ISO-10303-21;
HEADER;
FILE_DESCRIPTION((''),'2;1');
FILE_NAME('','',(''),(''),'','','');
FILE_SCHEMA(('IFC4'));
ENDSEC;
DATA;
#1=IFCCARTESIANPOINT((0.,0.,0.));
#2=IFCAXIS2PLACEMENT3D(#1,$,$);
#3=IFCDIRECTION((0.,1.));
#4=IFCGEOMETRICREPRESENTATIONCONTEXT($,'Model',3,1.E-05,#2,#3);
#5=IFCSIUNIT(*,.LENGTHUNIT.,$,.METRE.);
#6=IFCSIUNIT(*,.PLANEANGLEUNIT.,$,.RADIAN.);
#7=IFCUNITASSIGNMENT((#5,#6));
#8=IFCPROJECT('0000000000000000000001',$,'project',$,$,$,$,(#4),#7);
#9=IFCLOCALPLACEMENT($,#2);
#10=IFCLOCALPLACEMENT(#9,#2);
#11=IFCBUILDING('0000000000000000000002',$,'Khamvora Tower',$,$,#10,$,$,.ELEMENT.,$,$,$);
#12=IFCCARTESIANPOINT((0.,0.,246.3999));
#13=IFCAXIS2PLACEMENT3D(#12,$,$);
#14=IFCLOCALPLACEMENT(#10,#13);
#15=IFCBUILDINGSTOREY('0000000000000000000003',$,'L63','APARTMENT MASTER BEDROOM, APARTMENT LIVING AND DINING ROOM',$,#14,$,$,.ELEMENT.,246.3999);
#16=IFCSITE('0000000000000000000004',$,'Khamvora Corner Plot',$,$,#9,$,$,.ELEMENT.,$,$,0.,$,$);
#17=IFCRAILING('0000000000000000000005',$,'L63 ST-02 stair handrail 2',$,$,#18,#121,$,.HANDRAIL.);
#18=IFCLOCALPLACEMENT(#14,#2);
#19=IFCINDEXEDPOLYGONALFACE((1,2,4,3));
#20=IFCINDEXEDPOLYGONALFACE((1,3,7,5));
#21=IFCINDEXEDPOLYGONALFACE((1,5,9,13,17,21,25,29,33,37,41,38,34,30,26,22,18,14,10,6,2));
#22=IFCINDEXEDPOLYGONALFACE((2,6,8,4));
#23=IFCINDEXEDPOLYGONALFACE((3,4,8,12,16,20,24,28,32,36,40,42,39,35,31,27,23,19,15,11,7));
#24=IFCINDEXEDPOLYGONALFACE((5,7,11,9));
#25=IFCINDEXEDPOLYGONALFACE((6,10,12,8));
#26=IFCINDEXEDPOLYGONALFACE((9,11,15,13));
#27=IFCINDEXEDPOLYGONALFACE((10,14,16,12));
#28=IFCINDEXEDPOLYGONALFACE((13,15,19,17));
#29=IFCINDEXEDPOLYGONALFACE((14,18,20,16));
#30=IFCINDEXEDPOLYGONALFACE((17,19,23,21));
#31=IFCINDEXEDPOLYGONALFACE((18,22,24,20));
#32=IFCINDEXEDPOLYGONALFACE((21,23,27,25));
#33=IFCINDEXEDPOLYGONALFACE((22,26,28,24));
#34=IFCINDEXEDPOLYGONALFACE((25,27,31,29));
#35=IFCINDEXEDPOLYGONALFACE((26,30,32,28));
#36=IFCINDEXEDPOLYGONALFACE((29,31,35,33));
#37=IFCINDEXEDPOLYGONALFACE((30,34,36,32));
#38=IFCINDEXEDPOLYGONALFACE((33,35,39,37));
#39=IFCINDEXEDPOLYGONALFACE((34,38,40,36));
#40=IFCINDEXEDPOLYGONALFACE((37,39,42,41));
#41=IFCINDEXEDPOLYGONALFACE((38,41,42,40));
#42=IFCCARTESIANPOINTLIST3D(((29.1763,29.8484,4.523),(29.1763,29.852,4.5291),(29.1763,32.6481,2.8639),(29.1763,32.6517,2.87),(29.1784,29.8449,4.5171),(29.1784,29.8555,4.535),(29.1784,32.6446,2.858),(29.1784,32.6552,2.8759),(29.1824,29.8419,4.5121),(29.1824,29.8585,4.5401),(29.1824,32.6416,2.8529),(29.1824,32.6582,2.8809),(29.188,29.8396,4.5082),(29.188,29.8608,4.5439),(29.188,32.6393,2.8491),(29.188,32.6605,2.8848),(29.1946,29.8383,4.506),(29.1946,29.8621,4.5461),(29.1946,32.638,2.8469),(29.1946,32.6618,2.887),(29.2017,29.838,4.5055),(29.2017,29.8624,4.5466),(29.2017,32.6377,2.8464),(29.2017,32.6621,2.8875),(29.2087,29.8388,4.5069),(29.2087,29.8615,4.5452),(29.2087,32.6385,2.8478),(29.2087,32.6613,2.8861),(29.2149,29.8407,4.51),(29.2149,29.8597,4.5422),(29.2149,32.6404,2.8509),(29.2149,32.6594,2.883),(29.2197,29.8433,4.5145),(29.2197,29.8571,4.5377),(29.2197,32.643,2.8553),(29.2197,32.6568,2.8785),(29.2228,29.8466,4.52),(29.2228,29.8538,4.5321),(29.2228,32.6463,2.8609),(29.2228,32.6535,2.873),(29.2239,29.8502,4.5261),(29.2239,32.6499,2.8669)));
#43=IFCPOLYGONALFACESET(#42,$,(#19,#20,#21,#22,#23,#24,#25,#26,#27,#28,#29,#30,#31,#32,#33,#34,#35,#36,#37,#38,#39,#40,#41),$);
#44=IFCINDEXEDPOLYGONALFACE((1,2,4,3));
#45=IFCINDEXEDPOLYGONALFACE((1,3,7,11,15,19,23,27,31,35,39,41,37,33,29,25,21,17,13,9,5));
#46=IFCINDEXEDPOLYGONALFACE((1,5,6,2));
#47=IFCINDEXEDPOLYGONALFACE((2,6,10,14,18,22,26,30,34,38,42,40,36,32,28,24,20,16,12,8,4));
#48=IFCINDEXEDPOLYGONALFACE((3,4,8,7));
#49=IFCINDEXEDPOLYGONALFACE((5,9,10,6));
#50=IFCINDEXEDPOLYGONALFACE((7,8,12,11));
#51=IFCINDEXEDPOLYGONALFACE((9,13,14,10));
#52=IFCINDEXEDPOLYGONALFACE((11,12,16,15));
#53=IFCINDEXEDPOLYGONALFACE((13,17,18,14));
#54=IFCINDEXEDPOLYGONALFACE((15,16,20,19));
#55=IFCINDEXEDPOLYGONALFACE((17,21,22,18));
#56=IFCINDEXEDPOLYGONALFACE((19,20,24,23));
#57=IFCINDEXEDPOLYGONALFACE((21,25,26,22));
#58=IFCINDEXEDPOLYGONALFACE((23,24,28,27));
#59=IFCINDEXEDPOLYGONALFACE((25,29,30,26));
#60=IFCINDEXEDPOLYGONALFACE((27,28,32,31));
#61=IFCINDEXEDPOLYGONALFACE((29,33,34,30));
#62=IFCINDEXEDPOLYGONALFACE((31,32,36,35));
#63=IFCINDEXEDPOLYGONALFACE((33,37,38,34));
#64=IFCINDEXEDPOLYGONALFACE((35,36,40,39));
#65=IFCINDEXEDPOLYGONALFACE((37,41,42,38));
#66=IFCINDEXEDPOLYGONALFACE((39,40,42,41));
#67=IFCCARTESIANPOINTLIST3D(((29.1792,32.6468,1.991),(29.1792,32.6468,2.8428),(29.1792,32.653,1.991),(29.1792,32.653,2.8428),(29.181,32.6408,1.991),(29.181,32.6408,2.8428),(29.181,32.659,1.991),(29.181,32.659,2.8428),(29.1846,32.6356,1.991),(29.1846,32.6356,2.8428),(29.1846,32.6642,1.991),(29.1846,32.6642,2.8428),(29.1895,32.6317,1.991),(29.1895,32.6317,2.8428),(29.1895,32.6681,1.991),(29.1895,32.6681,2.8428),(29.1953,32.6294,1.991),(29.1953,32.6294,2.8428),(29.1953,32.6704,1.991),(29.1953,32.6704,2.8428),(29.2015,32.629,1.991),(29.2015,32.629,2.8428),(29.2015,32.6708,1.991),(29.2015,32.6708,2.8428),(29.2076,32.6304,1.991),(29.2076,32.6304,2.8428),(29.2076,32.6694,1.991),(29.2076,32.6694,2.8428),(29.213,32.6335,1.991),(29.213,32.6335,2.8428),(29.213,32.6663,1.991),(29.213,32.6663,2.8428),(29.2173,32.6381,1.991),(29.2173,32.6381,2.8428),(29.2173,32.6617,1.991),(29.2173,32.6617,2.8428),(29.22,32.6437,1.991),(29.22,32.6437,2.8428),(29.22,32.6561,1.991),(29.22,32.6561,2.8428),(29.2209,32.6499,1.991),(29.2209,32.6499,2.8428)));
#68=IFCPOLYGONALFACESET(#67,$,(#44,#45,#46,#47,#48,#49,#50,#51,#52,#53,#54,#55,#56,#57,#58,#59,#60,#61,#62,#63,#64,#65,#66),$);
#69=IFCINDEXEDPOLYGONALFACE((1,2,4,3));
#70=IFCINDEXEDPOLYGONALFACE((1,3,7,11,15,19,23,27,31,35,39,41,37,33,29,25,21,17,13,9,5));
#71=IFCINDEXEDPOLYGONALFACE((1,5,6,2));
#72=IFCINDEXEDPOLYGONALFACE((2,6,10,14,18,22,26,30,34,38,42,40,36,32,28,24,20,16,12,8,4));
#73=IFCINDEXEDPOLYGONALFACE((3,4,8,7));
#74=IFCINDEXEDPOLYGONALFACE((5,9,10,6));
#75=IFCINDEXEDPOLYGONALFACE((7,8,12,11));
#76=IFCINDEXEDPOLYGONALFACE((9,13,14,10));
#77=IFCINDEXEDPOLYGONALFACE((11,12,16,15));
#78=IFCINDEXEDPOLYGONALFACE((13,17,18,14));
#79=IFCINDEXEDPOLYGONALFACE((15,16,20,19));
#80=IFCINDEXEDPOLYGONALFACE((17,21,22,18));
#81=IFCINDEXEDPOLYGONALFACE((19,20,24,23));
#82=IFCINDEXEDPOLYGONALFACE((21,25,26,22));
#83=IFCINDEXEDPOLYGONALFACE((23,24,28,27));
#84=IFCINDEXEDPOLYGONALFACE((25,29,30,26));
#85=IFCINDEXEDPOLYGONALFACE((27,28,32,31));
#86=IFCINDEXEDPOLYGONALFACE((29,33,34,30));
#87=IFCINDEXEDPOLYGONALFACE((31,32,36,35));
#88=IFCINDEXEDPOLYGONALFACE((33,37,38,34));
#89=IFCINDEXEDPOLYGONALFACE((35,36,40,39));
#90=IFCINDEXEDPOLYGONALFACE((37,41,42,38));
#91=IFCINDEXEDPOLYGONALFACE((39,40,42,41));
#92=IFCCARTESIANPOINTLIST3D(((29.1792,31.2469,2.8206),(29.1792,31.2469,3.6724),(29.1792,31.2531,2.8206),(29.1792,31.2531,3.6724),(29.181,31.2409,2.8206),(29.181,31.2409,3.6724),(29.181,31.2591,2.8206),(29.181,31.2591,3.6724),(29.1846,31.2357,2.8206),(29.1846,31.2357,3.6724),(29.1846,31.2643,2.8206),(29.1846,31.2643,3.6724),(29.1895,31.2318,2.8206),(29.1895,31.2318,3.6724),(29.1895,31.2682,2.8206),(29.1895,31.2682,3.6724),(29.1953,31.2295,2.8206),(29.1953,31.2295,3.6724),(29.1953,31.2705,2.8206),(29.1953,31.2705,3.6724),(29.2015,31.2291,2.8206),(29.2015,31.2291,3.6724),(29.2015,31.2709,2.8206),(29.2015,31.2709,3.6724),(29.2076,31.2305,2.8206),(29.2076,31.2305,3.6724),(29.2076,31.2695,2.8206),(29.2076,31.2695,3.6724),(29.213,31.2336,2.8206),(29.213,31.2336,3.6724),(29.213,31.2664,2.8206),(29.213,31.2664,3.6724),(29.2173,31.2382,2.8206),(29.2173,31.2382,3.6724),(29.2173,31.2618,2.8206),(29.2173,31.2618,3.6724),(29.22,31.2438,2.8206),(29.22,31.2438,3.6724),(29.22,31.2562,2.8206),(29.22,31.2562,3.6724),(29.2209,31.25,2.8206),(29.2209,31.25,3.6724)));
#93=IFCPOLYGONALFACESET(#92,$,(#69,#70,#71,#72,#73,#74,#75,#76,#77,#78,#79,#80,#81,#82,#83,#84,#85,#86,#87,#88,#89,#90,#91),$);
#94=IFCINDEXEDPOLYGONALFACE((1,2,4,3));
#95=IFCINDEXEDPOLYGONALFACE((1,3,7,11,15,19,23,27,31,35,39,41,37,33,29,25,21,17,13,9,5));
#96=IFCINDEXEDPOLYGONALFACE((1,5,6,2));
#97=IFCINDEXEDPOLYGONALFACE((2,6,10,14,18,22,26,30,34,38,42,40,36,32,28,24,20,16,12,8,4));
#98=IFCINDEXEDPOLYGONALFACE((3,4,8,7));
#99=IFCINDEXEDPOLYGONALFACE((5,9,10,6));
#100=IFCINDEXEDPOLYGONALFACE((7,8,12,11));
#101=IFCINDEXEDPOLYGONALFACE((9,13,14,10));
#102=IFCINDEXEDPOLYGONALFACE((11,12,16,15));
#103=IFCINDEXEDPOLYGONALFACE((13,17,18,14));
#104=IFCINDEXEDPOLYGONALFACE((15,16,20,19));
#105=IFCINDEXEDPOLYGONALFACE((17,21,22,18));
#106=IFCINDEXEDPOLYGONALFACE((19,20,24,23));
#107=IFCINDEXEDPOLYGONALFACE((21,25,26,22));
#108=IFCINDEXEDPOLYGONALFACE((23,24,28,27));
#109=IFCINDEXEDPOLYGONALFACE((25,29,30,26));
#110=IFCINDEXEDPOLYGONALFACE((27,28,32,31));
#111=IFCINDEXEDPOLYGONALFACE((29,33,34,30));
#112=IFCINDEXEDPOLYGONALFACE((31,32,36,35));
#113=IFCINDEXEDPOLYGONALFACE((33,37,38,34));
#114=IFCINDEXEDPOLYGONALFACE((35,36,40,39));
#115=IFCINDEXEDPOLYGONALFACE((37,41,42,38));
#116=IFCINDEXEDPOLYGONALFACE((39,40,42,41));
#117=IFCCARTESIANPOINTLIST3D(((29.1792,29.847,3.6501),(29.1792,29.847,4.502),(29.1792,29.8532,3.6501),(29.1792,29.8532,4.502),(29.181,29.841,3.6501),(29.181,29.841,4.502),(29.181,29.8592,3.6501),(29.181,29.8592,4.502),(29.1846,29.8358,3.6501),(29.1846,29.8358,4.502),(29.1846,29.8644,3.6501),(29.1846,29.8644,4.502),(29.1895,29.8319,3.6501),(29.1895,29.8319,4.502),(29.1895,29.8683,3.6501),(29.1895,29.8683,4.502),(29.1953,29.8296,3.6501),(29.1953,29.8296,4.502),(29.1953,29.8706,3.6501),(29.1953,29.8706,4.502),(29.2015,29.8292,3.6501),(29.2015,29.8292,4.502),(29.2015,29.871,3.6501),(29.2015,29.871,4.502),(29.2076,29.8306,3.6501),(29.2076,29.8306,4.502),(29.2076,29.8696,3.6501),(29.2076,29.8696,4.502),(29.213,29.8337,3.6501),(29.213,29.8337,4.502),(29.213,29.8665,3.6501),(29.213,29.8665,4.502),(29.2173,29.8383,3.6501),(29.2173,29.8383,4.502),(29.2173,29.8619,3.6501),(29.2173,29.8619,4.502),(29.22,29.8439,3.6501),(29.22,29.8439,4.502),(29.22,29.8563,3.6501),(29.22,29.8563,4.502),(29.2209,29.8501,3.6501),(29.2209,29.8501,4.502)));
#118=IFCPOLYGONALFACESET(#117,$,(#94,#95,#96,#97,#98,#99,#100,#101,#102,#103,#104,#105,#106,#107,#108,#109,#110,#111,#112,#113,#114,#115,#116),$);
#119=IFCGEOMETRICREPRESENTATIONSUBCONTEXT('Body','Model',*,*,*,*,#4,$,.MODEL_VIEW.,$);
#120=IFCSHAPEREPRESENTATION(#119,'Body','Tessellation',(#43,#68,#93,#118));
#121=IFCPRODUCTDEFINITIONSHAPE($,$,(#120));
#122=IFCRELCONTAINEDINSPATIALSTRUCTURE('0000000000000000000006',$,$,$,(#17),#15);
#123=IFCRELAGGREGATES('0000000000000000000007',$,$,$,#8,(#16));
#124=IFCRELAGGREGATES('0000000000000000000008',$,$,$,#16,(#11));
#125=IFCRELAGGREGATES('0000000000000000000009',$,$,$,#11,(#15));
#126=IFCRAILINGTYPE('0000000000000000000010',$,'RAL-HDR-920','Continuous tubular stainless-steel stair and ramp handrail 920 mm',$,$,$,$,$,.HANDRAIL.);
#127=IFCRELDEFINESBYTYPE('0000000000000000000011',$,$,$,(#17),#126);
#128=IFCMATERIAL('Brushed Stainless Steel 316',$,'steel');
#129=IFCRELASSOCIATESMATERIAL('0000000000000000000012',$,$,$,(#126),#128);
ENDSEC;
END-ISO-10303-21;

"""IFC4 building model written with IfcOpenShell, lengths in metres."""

from ifc_helpers import new_model, si_unit, direction, frame, origin, origin_2d, place, context, subcontext, project, spatial, circle, extrude, material, type_object, element, save


model = new_model("IFC4")

# Units and contexts
model_context = context("Model", 3, precision=1e-05, world=origin(), true_north=direction((0.0, 1.0)))
body_context = subcontext(model_context, "Body", "Model", "MODEL_VIEW")
ifc_project = project(units=[si_unit("LENGTHUNIT", "METRE"), si_unit("PLANEANGLEUNIT", "RADIAN")], contexts=[model_context])

# Site, building, storey
site_placement = place(None, origin())
site = spatial("IfcSite", under=ifc_project, at=site_placement, Name="Khamvora Corner Plot", CompositionType="ELEMENT", RefElevation=0.0)
building_placement = place(site_placement, origin())
building = spatial("IfcBuilding", under=site, at=building_placement, Name="Khamvora Tower", CompositionType="ELEMENT")
storey_placement = place(building_placement, frame((0.0, 0.0, 246.3999)))
storey = spatial("IfcBuildingStorey", under=building, at=storey_placement, Name="L63", Description="APARTMENT MASTER BEDROOM, APARTMENT LIVING AND DINING ROOM", CompositionType="ELEMENT", Elevation=246.3999)

# Railing
ifc_material_1 = material(Name="Brushed Stainless Steel 316", Category="steel")
railing_type = type_object("IfcRailingType", Name="RAL-HDR-920", Description="Continuous tubular stainless-steel stair and ramp handrail 920 mm", PredefinedType="HANDRAIL", material=ifc_material_1)
railing_placement = place(storey_placement, frame((29.2, 32.6499, 1.991)))
element("IfcRailing", 1, at=railing_placement, inside=storey, type_object=railing_type, Name="L63 ST-02 stair handrail 2", PredefinedType="HANDRAIL", context=body_context, shape_type="SweptSolid", body=[
    extrude(circle(Radius=0.0239, at=origin_2d()), frame((0.0, 0.0, 0.876), z_axis=(0.0, -0.860287, 0.509811), x_axis=(1.0, 0.0, 0.0)), (0.0, 0.0, 1.0), 3.2544),
    extrude(circle(Radius=0.021, at=origin_2d()), origin(), (0.0, 0.0, 1.0), 0.8518),
    extrude(circle(Radius=0.021, at=origin_2d()), frame((0.0, -1.3999, 0.8296)), (0.0, 0.0, 1.0), 0.8518),
    extrude(circle(Radius=0.021, at=origin_2d()), frame((0.0, -2.7998, 1.6592)), (0.0, 0.0, 1.0), 0.8518),
])

save(model, "model.ifc")
